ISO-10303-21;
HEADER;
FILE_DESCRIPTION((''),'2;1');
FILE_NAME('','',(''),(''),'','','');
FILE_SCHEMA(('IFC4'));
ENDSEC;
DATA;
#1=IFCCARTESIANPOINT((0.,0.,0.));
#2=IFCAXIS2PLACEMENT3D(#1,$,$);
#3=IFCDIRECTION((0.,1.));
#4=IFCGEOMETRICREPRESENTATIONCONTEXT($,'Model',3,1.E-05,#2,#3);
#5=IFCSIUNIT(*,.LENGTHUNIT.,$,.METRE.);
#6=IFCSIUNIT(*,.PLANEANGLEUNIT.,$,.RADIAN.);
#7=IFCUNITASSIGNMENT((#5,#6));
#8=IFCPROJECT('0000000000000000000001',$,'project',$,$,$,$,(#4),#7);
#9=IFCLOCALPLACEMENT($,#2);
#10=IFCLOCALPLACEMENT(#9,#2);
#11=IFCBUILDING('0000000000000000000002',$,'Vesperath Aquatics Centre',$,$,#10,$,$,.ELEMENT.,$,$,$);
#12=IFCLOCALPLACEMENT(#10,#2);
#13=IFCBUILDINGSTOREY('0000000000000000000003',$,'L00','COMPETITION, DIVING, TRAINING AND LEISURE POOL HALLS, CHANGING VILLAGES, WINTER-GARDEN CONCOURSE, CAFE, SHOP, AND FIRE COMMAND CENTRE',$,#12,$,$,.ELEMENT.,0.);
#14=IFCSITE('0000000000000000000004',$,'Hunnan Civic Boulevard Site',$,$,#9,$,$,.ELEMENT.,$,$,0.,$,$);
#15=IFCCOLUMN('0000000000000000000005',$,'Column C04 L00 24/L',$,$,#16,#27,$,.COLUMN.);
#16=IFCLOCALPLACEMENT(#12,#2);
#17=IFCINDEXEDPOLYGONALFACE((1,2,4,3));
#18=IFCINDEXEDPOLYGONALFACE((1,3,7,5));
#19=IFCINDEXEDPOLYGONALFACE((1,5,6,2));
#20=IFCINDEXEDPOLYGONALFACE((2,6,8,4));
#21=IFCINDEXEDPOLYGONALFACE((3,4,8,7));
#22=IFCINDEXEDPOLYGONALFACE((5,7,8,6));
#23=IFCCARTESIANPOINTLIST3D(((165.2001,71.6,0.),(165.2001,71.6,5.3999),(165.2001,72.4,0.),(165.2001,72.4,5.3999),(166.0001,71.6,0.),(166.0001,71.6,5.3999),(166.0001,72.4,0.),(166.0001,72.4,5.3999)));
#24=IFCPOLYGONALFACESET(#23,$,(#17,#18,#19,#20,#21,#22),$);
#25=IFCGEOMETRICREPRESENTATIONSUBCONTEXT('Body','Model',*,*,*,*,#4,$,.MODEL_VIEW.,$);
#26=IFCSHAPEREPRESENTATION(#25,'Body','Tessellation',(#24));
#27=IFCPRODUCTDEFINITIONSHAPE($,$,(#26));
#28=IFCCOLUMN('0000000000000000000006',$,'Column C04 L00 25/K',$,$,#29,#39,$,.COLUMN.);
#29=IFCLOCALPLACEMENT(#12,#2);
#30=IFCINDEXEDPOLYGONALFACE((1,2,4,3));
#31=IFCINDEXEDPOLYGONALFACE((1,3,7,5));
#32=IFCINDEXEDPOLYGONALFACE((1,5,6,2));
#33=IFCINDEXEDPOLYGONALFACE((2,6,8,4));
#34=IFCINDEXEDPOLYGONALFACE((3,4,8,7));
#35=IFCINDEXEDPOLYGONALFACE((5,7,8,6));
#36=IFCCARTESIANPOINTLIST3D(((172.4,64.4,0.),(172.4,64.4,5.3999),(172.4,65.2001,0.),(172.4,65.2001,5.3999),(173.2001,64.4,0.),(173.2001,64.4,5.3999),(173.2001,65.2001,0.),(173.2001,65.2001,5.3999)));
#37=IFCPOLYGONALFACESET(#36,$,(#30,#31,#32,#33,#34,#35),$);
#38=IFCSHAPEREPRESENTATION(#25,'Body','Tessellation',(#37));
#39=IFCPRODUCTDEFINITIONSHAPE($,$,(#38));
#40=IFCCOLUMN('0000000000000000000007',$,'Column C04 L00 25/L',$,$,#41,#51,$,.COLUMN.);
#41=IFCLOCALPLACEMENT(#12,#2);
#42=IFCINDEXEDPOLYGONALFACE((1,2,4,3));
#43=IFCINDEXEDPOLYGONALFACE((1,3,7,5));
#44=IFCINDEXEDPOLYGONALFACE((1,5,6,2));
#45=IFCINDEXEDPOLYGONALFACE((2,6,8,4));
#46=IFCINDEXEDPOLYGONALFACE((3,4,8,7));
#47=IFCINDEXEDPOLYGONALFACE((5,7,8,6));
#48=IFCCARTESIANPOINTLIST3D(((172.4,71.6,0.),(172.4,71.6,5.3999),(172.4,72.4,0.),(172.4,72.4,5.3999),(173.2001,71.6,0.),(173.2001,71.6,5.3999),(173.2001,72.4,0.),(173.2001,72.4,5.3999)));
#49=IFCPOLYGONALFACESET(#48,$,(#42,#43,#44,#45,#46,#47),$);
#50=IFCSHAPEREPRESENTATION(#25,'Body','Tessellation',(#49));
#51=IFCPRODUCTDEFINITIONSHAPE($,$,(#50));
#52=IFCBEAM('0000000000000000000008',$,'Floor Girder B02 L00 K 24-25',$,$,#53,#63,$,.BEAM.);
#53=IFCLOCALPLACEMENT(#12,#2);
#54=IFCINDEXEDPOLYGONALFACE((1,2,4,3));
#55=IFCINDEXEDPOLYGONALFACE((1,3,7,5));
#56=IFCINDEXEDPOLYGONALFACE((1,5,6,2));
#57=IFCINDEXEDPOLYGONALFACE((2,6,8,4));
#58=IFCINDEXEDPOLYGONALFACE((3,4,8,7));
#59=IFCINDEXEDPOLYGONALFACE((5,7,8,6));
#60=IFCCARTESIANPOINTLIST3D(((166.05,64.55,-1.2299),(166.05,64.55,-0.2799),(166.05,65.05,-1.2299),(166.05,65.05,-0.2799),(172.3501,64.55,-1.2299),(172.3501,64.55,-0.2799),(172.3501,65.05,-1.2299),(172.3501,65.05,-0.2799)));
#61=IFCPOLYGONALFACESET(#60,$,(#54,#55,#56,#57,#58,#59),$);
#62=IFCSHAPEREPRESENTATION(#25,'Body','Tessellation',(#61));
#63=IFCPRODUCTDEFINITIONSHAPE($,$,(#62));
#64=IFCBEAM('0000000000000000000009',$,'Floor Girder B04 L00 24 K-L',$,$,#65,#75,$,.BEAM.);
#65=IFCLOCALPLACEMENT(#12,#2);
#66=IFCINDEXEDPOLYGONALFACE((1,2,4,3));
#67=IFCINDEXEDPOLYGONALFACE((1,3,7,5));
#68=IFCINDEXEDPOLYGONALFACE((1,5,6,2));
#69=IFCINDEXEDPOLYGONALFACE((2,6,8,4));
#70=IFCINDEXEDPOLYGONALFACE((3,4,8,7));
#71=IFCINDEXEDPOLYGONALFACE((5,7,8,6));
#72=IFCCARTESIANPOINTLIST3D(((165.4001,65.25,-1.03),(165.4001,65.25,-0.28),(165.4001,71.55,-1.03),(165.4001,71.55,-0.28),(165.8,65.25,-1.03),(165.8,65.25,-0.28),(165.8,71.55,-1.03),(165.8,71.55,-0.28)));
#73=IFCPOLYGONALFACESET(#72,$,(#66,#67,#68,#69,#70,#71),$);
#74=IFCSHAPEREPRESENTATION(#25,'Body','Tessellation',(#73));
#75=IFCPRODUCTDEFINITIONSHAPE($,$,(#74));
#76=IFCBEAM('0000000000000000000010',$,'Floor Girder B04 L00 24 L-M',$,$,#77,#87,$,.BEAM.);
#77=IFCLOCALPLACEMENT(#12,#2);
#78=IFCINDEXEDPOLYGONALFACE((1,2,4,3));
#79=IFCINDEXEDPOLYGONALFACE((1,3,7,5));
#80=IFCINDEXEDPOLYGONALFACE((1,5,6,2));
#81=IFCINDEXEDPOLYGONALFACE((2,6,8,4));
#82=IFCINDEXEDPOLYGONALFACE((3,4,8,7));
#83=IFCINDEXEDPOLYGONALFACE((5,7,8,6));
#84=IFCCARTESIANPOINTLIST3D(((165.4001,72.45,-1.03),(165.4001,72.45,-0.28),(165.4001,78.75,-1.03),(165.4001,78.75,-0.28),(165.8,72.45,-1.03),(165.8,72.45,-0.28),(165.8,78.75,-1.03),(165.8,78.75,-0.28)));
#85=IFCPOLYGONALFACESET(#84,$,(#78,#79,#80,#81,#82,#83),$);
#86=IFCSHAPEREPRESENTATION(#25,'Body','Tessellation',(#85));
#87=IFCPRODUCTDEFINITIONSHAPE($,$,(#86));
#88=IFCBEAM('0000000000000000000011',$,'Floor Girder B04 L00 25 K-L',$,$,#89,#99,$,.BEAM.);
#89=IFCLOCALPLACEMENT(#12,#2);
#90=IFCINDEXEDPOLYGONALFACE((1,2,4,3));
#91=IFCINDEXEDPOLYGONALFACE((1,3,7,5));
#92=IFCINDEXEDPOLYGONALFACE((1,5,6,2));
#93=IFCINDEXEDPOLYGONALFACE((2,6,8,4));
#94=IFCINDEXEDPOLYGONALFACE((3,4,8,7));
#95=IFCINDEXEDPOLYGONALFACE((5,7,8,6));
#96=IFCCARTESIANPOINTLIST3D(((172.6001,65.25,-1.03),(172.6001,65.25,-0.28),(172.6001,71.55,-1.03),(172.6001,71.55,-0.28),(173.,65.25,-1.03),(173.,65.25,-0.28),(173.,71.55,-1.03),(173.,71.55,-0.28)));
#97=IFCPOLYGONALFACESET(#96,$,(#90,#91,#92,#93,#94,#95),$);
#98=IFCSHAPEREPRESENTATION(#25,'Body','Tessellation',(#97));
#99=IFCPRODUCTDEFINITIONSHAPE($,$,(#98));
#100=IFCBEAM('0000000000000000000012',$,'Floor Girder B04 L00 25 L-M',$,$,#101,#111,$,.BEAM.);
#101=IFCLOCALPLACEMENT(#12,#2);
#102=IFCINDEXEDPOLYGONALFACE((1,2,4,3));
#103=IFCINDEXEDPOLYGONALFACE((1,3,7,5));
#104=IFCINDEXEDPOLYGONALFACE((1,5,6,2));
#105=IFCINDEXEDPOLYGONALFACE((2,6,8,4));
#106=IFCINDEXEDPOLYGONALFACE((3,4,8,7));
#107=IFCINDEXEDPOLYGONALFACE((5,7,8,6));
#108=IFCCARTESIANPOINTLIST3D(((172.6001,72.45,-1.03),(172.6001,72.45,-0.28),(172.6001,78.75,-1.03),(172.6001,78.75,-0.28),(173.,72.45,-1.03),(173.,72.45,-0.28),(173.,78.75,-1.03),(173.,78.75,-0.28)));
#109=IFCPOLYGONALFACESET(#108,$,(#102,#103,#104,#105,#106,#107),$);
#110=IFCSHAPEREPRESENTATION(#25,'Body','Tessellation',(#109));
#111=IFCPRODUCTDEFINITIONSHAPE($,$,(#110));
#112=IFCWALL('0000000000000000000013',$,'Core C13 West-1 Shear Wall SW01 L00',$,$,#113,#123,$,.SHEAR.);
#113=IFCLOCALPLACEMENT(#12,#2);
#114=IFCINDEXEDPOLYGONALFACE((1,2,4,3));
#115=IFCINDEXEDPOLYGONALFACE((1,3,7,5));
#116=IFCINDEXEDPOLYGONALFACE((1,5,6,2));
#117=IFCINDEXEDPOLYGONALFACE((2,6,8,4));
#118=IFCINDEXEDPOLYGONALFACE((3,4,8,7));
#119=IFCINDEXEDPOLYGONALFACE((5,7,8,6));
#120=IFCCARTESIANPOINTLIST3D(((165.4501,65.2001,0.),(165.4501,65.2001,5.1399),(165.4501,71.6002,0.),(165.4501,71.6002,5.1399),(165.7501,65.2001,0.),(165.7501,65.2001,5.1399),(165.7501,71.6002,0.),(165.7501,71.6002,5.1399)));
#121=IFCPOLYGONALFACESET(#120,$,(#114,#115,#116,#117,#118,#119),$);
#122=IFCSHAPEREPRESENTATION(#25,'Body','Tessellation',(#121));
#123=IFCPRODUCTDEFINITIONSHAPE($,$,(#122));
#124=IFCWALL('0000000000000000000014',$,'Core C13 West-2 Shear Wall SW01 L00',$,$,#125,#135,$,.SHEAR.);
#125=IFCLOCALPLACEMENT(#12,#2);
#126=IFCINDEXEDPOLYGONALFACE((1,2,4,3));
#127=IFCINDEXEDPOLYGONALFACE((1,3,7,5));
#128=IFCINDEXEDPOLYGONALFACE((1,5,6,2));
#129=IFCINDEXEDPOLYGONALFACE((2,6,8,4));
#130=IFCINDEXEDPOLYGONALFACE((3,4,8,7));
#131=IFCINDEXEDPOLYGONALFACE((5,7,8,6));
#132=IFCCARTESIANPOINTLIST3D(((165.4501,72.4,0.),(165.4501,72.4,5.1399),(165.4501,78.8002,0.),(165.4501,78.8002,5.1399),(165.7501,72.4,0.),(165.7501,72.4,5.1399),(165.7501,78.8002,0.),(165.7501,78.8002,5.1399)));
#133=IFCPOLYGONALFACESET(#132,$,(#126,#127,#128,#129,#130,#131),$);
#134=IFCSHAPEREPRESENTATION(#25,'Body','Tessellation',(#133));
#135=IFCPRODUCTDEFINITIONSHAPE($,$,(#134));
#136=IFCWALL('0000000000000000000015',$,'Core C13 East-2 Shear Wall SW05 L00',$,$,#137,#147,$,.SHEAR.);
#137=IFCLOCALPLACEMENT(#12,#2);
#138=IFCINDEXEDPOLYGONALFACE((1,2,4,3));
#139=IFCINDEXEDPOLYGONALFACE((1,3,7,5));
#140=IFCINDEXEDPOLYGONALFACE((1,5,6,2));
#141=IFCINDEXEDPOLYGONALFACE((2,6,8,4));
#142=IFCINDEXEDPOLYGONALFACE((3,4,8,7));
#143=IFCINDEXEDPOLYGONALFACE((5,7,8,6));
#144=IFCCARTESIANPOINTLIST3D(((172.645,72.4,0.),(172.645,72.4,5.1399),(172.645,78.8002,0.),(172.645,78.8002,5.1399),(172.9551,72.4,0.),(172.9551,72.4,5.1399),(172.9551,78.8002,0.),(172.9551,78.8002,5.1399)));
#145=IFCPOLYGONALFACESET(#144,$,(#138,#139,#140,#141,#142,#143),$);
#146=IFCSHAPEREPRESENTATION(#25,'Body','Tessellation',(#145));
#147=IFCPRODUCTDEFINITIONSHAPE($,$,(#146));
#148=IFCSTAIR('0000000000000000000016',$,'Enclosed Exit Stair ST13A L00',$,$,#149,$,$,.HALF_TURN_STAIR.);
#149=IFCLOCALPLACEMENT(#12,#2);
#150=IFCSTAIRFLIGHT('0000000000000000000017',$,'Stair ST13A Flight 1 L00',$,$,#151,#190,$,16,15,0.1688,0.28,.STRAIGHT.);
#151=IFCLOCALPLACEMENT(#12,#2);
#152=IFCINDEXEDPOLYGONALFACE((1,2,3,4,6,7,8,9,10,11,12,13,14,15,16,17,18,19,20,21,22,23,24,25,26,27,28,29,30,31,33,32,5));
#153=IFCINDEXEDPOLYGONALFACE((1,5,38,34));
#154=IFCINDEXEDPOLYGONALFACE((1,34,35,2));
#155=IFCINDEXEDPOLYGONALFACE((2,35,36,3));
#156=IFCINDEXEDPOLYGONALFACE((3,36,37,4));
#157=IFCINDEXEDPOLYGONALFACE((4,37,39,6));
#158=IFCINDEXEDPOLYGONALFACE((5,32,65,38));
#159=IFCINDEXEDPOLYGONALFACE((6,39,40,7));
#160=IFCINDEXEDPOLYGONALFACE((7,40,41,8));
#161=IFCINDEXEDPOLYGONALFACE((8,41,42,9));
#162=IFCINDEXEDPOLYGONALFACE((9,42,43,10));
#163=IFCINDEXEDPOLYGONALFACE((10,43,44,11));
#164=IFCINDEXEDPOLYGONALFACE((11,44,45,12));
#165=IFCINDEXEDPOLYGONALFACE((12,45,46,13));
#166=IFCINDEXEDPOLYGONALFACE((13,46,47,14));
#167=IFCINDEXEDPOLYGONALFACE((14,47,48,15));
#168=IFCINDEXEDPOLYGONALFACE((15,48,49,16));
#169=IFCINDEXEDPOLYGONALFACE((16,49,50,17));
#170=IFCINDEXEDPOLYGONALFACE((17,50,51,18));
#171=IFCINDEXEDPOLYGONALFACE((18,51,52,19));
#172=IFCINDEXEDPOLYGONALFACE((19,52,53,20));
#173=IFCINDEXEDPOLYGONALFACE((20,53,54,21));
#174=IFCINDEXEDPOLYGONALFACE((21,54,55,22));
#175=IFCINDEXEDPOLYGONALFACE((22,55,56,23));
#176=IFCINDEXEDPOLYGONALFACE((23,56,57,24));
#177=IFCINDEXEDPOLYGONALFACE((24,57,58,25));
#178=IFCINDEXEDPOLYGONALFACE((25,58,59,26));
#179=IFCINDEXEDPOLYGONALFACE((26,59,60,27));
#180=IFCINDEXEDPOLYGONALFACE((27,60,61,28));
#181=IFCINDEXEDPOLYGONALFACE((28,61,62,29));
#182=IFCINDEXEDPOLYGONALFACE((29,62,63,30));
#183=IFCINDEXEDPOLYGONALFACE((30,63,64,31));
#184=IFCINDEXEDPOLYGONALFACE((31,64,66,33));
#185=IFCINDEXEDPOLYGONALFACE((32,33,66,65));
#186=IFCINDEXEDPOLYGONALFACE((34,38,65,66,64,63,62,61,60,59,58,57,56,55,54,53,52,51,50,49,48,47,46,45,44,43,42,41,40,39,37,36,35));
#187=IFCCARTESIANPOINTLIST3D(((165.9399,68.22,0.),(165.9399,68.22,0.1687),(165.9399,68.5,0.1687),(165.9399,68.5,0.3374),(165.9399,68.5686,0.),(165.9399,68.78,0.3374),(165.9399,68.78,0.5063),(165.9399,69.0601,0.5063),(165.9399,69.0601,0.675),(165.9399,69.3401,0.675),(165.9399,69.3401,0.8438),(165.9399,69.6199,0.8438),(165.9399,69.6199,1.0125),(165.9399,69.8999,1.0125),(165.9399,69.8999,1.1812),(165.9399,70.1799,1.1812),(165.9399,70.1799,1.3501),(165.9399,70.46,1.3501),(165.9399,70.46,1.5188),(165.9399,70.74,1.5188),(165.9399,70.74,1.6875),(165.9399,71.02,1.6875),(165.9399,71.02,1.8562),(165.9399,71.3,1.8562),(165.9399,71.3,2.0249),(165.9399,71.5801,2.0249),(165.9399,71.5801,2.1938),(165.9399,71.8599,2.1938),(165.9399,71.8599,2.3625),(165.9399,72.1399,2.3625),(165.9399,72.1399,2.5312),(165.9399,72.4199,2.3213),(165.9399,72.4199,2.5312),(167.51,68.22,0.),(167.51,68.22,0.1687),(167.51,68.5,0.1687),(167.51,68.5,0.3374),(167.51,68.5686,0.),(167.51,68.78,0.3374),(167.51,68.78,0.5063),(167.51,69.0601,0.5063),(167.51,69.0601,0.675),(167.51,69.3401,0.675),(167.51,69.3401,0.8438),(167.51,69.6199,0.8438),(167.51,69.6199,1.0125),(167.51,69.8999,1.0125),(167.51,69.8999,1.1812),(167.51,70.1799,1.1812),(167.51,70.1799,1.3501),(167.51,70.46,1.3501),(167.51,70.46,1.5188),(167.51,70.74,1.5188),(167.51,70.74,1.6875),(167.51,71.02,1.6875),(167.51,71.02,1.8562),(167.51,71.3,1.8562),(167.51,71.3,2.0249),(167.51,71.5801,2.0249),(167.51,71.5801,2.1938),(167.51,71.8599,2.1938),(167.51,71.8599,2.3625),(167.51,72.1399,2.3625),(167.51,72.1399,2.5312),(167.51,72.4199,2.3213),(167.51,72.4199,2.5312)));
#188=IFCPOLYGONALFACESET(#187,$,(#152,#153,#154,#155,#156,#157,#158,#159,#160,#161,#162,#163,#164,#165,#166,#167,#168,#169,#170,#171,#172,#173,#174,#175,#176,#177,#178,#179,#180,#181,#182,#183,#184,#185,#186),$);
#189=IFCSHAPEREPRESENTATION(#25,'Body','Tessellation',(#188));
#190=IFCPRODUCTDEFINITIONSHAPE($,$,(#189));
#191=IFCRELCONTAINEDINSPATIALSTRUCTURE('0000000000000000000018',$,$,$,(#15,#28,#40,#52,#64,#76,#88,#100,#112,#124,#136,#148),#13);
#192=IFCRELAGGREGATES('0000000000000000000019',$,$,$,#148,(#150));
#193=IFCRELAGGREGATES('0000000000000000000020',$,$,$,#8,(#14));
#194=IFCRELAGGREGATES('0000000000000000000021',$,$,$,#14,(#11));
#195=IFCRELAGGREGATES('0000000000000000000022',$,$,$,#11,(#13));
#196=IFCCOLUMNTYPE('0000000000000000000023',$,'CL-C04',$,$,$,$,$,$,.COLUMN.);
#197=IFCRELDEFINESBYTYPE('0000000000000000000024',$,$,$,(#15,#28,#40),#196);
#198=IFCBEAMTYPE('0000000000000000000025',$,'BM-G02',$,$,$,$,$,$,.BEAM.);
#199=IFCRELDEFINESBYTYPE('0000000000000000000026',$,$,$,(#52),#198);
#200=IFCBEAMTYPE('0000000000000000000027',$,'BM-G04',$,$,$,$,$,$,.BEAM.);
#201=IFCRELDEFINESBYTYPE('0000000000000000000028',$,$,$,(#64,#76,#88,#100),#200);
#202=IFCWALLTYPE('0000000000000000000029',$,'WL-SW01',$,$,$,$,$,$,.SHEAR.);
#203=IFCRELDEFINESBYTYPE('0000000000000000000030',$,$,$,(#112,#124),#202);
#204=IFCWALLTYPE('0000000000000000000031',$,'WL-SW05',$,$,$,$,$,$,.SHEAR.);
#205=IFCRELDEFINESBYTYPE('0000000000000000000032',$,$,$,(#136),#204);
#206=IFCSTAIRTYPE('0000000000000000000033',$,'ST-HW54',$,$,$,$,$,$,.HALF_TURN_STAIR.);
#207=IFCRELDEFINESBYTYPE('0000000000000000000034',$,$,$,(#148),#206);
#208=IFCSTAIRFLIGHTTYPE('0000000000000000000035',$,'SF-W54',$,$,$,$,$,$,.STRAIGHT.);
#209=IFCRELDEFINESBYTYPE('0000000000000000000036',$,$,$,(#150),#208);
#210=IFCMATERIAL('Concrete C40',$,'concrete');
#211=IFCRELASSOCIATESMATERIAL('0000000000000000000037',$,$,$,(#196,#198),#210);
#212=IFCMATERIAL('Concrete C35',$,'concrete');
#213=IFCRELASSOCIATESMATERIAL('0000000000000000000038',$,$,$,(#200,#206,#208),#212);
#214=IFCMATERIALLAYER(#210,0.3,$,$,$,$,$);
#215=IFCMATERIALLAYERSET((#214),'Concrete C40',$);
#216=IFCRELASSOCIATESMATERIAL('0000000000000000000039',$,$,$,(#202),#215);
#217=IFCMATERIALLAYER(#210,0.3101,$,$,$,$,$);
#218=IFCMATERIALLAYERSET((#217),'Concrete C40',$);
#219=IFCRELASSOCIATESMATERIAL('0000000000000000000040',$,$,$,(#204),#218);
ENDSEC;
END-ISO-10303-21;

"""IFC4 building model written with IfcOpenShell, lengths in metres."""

from ifc_helpers import new_model, si_unit, direction, frame, frame_2d, origin, origin_2d, place, context, subcontext, project, spatial, polyline, rectangle, outline, extrude, material, layer, layer_set, material_profile, profile_set, type_object, element, aggregate, save


model = new_model("IFC4")

# Units and contexts
model_context = context("Model", 3, precision=1e-05, world=origin(), true_north=direction((0.0, 1.0)))
body_context = subcontext(model_context, "Body", "Model", "MODEL_VIEW")
ifc_project = project(units=[si_unit("LENGTHUNIT", "METRE"), si_unit("PLANEANGLEUNIT", "RADIAN")], contexts=[model_context])

# Site, building, storey
site_placement = place(None, origin())
site = spatial("IfcSite", under=ifc_project, at=site_placement, Name="Hunnan Civic Boulevard Site", CompositionType="ELEMENT", RefElevation=0.0)
building_placement = place(site_placement, origin())
building = spatial("IfcBuilding", under=site, at=building_placement, Name="Vesperath Aquatics Centre", CompositionType="ELEMENT")
storey_placement = place(building_placement, origin())
storey = spatial("IfcBuildingStorey", under=building, at=storey_placement, Name="L00", Description="COMPETITION, DIVING, TRAINING AND LEISURE POOL HALLS, CHANGING VILLAGES, WINTER-GARDEN CONCOURSE, CAFE, SHOP, AND FIRE COMMAND CENTRE", CompositionType="ELEMENT", Elevation=0.0)

# Columns
ifc_material_1 = material(Name="Concrete C40", Category="concrete")
ifc_material_profile_1 = material_profile(ifc_material_1, rectangle(XDim=0.8, YDim=0.8, at=origin_2d()), Name="RC 800x800")
ifc_profile_set_1 = profile_set([ifc_material_profile_1], Name="Concrete C40")
column_type = type_object("IfcColumnType", Name="CL-C04", PredefinedType="COLUMN", material=ifc_profile_set_1)
for number, where, z_axis, x_axis, name in (
    (1, (165.6001, 72.0, 0.0), (0.0, 0.0, 1.0), (1.0, 0.0, 0.0), "Column C04 L00 24/L"),
    (2, (172.8, 64.8, 0.0), (0.0, 0.0, 1.0), (1.0, 0.0, 0.0), "Column C04 L00 25/K"),
    (3, (172.8, 72.0, 0.0), (0.0, 0.0, 1.0), (1.0, 0.0, 0.0), "Column C04 L00 25/L"),
):
    element("IfcColumn", number, at=place(storey_placement, frame(where, z_axis=z_axis, x_axis=x_axis)), inside=storey, type_object=column_type, Name=name, PredefinedType="COLUMN", context=body_context, shape_type="SweptSolid", body=[
        extrude(rectangle(XDim=0.8, YDim=0.8, at=origin_2d()), origin(), (0.0, 0.0, 1.0), 5.3999),
    ])

# Beams
ifc_material_profile_2 = material_profile(ifc_material_1, rectangle(XDim=0.5, YDim=0.95, at=origin_2d()), Name="RC 500x950")
ifc_profile_set_2 = profile_set([ifc_material_profile_2], Name="Concrete C40")
beam_type_1 = type_object("IfcBeamType", Name="BM-G02", PredefinedType="BEAM", material=ifc_profile_set_2)
beam_placement = place(storey_placement, frame((166.05, 64.8, -0.7549), z_axis=(1.0, 0.0, 0.0), x_axis=(0.0, 1.0, 0.0)))
element("IfcBeam", 4, at=beam_placement, inside=storey, type_object=beam_type_1, Name="Floor Girder B02 L00 K 24-25", PredefinedType="BEAM", context=body_context, shape_type="SweptSolid", body=[
    extrude(rectangle(XDim=0.5, YDim=0.95, at=origin_2d()), origin(), (0.0, 0.0, 1.0), 6.3),
])
ifc_material_2 = material(Name="Concrete C35", Category="concrete")
ifc_material_profile_3 = material_profile(ifc_material_2, rectangle(XDim=0.3999, YDim=0.75, at=origin_2d()), Name="RC 400x750")
ifc_profile_set_3 = profile_set([ifc_material_profile_3], Name="Concrete C35")
beam_type_2 = type_object("IfcBeamType", Name="BM-G04", PredefinedType="BEAM", material=ifc_profile_set_3)
for number, where, z_axis, x_axis, name in (
    (5, (165.6001, 65.25, -0.655), (0.0, 1.0, 0.0), (-1.0, 0.0, 0.0), "Floor Girder B04 L00 24 K-L"),
    (6, (165.6001, 72.45, -0.655), (0.0, 1.0, 0.0), (-1.0, 0.0, 0.0), "Floor Girder B04 L00 24 L-M"),
    (7, (172.8, 65.25, -0.655), (0.0, 1.0, 0.0), (-1.0, 0.0, 0.0), "Floor Girder B04 L00 25 K-L"),
    (8, (172.8, 72.45, -0.655), (0.0, 1.0, 0.0), (-1.0, 0.0, 0.0), "Floor Girder B04 L00 25 L-M"),
):
    element("IfcBeam", number, at=place(storey_placement, frame(where, z_axis=z_axis, x_axis=x_axis)), inside=storey, type_object=beam_type_2, Name=name, PredefinedType="BEAM", context=body_context, shape_type="SweptSolid", body=[
        extrude(rectangle(XDim=0.3999, YDim=0.75, at=origin_2d()), origin(), (0.0, 0.0, 1.0), 6.3),
    ])

# Walls
ifc_layer_1 = layer(ifc_material_1, 0.3)
ifc_layer_set_1 = layer_set([ifc_layer_1], Name="Concrete C40")
wall_type_1 = type_object("IfcWallType", Name="WL-SW01", PredefinedType="SHEAR", material=ifc_layer_set_1)
for number, where, z_axis, x_axis, name in (
    (9, (165.6001, 65.2, 0.0), (0.0, 0.0, 1.0), (0.0, 1.0, 0.0), "Core C13 West-1 Shear Wall SW01 L00"),
    (10, (165.6001, 72.3999, 0.0), (0.0, 0.0, 1.0), (0.0, 1.0, 0.0), "Core C13 West-2 Shear Wall SW01 L00"),
):
    element("IfcWall", number, at=place(storey_placement, frame(where, z_axis=z_axis, x_axis=x_axis)), inside=storey, type_object=wall_type_1, Name=name, PredefinedType="SHEAR", context=body_context, shape_type="SweptSolid", body=[
        extrude(rectangle(XDim=6.4001, YDim=0.3, at=frame_2d((3.2002, 0.0))), origin(), (0.0, 0.0, 1.0), 5.1399),
    ])

# Shared definitions
ifc_layer_2 = layer(ifc_material_1, 0.3101)
ifc_layer_set_2 = layer_set([ifc_layer_2], Name="Concrete C40")
wall_type_2 = type_object("IfcWallType", Name="WL-SW05", PredefinedType="SHEAR", material=ifc_layer_set_2)

# Wall
wall_1_placement = place(storey_placement, frame((172.8, 72.3999, 0.0), z_axis=(0.0, 0.0, 1.0), x_axis=(0.0, 1.0, 0.0)))
element("IfcWall", 11, at=wall_1_placement, inside=storey, type_object=wall_type_2, Name="Core C13 East-2 Shear Wall SW05 L00", PredefinedType="SHEAR", context=body_context, shape_type="SweptSolid", body=[
    extrude(rectangle(XDim=6.4001, YDim=0.3101, at=frame_2d((3.2002, 0.0))), origin(), (0.0, 0.0, 1.0), 5.1399),
])

# Stair, stair flight
stair_type = type_object("IfcStairType", Name="ST-HW54", PredefinedType="HALF_TURN_STAIR", material=ifc_material_2)
stair_1_placement = place(storey_placement, origin())
stair_1 = element("IfcStair", 12, at=stair_1_placement, inside=storey, type_object=stair_type, Name="Enclosed Exit Stair ST13A L00", PredefinedType="HALF_TURN_STAIR")
stair_flight_type = type_object("IfcStairFlightType", Name="SF-W54", PredefinedType="STRAIGHT", material=ifc_material_2)
stair_flight_1_placement = place(storey_placement, frame((166.7251, 68.22, 0.0), z_axis=(0.0, 0.0, 1.0), x_axis=(0.0, 1.0, 0.0)))
stair_flight_1 = element("IfcStairFlight", 13, at=stair_flight_1_placement, type_object=stair_flight_type, Name="Stair ST13A Flight 1 L00", NumberOfRisers=16, NumberOfTreads=15, PredefinedType="STRAIGHT", RiserHeight=0.1688, TreadLength=0.28, context=body_context, shape_type="SweptSolid", body=[
    extrude(outline(polyline([(0.0, 0.0), (0.0, 0.1687), (0.28, 0.1687), (0.28, 0.3374), (0.5601, 0.3374), (0.5601, 0.5063), (0.8401, 0.5063), (0.8401, 0.675), (1.1201, 0.675), (1.1201, 0.8438), (1.3999, 0.8438), (1.3999, 1.0125), (1.6799, 1.0125), (1.6799, 1.1812), (1.96, 1.1812), (1.96, 1.3501), (2.24, 1.3501), (2.24, 1.5188), (2.52, 1.5188), (2.52, 1.6875), (2.8, 1.6875), (2.8, 1.8562), (3.0801, 1.8562), (3.0801, 2.0249), (3.3601, 2.0249), (3.3601, 2.1938), (3.6399, 2.1938), (3.6399, 2.3625), (3.9199, 2.3625), (3.9199, 2.5312), (4.2, 2.5312), (4.2, 2.7), (4.2, 2.3213), (0.3486, 0.0), (0.0, 0.0)])), frame((0.0, 0.7852, 0.0), z_axis=(0.0, -1.0, 0.0), x_axis=(1.0, 0.0, 0.0)), (0.0, 0.0, 1.0), 1.5701),
])
aggregate(stair_1, [stair_flight_1])

save(model, "model.ifc")
